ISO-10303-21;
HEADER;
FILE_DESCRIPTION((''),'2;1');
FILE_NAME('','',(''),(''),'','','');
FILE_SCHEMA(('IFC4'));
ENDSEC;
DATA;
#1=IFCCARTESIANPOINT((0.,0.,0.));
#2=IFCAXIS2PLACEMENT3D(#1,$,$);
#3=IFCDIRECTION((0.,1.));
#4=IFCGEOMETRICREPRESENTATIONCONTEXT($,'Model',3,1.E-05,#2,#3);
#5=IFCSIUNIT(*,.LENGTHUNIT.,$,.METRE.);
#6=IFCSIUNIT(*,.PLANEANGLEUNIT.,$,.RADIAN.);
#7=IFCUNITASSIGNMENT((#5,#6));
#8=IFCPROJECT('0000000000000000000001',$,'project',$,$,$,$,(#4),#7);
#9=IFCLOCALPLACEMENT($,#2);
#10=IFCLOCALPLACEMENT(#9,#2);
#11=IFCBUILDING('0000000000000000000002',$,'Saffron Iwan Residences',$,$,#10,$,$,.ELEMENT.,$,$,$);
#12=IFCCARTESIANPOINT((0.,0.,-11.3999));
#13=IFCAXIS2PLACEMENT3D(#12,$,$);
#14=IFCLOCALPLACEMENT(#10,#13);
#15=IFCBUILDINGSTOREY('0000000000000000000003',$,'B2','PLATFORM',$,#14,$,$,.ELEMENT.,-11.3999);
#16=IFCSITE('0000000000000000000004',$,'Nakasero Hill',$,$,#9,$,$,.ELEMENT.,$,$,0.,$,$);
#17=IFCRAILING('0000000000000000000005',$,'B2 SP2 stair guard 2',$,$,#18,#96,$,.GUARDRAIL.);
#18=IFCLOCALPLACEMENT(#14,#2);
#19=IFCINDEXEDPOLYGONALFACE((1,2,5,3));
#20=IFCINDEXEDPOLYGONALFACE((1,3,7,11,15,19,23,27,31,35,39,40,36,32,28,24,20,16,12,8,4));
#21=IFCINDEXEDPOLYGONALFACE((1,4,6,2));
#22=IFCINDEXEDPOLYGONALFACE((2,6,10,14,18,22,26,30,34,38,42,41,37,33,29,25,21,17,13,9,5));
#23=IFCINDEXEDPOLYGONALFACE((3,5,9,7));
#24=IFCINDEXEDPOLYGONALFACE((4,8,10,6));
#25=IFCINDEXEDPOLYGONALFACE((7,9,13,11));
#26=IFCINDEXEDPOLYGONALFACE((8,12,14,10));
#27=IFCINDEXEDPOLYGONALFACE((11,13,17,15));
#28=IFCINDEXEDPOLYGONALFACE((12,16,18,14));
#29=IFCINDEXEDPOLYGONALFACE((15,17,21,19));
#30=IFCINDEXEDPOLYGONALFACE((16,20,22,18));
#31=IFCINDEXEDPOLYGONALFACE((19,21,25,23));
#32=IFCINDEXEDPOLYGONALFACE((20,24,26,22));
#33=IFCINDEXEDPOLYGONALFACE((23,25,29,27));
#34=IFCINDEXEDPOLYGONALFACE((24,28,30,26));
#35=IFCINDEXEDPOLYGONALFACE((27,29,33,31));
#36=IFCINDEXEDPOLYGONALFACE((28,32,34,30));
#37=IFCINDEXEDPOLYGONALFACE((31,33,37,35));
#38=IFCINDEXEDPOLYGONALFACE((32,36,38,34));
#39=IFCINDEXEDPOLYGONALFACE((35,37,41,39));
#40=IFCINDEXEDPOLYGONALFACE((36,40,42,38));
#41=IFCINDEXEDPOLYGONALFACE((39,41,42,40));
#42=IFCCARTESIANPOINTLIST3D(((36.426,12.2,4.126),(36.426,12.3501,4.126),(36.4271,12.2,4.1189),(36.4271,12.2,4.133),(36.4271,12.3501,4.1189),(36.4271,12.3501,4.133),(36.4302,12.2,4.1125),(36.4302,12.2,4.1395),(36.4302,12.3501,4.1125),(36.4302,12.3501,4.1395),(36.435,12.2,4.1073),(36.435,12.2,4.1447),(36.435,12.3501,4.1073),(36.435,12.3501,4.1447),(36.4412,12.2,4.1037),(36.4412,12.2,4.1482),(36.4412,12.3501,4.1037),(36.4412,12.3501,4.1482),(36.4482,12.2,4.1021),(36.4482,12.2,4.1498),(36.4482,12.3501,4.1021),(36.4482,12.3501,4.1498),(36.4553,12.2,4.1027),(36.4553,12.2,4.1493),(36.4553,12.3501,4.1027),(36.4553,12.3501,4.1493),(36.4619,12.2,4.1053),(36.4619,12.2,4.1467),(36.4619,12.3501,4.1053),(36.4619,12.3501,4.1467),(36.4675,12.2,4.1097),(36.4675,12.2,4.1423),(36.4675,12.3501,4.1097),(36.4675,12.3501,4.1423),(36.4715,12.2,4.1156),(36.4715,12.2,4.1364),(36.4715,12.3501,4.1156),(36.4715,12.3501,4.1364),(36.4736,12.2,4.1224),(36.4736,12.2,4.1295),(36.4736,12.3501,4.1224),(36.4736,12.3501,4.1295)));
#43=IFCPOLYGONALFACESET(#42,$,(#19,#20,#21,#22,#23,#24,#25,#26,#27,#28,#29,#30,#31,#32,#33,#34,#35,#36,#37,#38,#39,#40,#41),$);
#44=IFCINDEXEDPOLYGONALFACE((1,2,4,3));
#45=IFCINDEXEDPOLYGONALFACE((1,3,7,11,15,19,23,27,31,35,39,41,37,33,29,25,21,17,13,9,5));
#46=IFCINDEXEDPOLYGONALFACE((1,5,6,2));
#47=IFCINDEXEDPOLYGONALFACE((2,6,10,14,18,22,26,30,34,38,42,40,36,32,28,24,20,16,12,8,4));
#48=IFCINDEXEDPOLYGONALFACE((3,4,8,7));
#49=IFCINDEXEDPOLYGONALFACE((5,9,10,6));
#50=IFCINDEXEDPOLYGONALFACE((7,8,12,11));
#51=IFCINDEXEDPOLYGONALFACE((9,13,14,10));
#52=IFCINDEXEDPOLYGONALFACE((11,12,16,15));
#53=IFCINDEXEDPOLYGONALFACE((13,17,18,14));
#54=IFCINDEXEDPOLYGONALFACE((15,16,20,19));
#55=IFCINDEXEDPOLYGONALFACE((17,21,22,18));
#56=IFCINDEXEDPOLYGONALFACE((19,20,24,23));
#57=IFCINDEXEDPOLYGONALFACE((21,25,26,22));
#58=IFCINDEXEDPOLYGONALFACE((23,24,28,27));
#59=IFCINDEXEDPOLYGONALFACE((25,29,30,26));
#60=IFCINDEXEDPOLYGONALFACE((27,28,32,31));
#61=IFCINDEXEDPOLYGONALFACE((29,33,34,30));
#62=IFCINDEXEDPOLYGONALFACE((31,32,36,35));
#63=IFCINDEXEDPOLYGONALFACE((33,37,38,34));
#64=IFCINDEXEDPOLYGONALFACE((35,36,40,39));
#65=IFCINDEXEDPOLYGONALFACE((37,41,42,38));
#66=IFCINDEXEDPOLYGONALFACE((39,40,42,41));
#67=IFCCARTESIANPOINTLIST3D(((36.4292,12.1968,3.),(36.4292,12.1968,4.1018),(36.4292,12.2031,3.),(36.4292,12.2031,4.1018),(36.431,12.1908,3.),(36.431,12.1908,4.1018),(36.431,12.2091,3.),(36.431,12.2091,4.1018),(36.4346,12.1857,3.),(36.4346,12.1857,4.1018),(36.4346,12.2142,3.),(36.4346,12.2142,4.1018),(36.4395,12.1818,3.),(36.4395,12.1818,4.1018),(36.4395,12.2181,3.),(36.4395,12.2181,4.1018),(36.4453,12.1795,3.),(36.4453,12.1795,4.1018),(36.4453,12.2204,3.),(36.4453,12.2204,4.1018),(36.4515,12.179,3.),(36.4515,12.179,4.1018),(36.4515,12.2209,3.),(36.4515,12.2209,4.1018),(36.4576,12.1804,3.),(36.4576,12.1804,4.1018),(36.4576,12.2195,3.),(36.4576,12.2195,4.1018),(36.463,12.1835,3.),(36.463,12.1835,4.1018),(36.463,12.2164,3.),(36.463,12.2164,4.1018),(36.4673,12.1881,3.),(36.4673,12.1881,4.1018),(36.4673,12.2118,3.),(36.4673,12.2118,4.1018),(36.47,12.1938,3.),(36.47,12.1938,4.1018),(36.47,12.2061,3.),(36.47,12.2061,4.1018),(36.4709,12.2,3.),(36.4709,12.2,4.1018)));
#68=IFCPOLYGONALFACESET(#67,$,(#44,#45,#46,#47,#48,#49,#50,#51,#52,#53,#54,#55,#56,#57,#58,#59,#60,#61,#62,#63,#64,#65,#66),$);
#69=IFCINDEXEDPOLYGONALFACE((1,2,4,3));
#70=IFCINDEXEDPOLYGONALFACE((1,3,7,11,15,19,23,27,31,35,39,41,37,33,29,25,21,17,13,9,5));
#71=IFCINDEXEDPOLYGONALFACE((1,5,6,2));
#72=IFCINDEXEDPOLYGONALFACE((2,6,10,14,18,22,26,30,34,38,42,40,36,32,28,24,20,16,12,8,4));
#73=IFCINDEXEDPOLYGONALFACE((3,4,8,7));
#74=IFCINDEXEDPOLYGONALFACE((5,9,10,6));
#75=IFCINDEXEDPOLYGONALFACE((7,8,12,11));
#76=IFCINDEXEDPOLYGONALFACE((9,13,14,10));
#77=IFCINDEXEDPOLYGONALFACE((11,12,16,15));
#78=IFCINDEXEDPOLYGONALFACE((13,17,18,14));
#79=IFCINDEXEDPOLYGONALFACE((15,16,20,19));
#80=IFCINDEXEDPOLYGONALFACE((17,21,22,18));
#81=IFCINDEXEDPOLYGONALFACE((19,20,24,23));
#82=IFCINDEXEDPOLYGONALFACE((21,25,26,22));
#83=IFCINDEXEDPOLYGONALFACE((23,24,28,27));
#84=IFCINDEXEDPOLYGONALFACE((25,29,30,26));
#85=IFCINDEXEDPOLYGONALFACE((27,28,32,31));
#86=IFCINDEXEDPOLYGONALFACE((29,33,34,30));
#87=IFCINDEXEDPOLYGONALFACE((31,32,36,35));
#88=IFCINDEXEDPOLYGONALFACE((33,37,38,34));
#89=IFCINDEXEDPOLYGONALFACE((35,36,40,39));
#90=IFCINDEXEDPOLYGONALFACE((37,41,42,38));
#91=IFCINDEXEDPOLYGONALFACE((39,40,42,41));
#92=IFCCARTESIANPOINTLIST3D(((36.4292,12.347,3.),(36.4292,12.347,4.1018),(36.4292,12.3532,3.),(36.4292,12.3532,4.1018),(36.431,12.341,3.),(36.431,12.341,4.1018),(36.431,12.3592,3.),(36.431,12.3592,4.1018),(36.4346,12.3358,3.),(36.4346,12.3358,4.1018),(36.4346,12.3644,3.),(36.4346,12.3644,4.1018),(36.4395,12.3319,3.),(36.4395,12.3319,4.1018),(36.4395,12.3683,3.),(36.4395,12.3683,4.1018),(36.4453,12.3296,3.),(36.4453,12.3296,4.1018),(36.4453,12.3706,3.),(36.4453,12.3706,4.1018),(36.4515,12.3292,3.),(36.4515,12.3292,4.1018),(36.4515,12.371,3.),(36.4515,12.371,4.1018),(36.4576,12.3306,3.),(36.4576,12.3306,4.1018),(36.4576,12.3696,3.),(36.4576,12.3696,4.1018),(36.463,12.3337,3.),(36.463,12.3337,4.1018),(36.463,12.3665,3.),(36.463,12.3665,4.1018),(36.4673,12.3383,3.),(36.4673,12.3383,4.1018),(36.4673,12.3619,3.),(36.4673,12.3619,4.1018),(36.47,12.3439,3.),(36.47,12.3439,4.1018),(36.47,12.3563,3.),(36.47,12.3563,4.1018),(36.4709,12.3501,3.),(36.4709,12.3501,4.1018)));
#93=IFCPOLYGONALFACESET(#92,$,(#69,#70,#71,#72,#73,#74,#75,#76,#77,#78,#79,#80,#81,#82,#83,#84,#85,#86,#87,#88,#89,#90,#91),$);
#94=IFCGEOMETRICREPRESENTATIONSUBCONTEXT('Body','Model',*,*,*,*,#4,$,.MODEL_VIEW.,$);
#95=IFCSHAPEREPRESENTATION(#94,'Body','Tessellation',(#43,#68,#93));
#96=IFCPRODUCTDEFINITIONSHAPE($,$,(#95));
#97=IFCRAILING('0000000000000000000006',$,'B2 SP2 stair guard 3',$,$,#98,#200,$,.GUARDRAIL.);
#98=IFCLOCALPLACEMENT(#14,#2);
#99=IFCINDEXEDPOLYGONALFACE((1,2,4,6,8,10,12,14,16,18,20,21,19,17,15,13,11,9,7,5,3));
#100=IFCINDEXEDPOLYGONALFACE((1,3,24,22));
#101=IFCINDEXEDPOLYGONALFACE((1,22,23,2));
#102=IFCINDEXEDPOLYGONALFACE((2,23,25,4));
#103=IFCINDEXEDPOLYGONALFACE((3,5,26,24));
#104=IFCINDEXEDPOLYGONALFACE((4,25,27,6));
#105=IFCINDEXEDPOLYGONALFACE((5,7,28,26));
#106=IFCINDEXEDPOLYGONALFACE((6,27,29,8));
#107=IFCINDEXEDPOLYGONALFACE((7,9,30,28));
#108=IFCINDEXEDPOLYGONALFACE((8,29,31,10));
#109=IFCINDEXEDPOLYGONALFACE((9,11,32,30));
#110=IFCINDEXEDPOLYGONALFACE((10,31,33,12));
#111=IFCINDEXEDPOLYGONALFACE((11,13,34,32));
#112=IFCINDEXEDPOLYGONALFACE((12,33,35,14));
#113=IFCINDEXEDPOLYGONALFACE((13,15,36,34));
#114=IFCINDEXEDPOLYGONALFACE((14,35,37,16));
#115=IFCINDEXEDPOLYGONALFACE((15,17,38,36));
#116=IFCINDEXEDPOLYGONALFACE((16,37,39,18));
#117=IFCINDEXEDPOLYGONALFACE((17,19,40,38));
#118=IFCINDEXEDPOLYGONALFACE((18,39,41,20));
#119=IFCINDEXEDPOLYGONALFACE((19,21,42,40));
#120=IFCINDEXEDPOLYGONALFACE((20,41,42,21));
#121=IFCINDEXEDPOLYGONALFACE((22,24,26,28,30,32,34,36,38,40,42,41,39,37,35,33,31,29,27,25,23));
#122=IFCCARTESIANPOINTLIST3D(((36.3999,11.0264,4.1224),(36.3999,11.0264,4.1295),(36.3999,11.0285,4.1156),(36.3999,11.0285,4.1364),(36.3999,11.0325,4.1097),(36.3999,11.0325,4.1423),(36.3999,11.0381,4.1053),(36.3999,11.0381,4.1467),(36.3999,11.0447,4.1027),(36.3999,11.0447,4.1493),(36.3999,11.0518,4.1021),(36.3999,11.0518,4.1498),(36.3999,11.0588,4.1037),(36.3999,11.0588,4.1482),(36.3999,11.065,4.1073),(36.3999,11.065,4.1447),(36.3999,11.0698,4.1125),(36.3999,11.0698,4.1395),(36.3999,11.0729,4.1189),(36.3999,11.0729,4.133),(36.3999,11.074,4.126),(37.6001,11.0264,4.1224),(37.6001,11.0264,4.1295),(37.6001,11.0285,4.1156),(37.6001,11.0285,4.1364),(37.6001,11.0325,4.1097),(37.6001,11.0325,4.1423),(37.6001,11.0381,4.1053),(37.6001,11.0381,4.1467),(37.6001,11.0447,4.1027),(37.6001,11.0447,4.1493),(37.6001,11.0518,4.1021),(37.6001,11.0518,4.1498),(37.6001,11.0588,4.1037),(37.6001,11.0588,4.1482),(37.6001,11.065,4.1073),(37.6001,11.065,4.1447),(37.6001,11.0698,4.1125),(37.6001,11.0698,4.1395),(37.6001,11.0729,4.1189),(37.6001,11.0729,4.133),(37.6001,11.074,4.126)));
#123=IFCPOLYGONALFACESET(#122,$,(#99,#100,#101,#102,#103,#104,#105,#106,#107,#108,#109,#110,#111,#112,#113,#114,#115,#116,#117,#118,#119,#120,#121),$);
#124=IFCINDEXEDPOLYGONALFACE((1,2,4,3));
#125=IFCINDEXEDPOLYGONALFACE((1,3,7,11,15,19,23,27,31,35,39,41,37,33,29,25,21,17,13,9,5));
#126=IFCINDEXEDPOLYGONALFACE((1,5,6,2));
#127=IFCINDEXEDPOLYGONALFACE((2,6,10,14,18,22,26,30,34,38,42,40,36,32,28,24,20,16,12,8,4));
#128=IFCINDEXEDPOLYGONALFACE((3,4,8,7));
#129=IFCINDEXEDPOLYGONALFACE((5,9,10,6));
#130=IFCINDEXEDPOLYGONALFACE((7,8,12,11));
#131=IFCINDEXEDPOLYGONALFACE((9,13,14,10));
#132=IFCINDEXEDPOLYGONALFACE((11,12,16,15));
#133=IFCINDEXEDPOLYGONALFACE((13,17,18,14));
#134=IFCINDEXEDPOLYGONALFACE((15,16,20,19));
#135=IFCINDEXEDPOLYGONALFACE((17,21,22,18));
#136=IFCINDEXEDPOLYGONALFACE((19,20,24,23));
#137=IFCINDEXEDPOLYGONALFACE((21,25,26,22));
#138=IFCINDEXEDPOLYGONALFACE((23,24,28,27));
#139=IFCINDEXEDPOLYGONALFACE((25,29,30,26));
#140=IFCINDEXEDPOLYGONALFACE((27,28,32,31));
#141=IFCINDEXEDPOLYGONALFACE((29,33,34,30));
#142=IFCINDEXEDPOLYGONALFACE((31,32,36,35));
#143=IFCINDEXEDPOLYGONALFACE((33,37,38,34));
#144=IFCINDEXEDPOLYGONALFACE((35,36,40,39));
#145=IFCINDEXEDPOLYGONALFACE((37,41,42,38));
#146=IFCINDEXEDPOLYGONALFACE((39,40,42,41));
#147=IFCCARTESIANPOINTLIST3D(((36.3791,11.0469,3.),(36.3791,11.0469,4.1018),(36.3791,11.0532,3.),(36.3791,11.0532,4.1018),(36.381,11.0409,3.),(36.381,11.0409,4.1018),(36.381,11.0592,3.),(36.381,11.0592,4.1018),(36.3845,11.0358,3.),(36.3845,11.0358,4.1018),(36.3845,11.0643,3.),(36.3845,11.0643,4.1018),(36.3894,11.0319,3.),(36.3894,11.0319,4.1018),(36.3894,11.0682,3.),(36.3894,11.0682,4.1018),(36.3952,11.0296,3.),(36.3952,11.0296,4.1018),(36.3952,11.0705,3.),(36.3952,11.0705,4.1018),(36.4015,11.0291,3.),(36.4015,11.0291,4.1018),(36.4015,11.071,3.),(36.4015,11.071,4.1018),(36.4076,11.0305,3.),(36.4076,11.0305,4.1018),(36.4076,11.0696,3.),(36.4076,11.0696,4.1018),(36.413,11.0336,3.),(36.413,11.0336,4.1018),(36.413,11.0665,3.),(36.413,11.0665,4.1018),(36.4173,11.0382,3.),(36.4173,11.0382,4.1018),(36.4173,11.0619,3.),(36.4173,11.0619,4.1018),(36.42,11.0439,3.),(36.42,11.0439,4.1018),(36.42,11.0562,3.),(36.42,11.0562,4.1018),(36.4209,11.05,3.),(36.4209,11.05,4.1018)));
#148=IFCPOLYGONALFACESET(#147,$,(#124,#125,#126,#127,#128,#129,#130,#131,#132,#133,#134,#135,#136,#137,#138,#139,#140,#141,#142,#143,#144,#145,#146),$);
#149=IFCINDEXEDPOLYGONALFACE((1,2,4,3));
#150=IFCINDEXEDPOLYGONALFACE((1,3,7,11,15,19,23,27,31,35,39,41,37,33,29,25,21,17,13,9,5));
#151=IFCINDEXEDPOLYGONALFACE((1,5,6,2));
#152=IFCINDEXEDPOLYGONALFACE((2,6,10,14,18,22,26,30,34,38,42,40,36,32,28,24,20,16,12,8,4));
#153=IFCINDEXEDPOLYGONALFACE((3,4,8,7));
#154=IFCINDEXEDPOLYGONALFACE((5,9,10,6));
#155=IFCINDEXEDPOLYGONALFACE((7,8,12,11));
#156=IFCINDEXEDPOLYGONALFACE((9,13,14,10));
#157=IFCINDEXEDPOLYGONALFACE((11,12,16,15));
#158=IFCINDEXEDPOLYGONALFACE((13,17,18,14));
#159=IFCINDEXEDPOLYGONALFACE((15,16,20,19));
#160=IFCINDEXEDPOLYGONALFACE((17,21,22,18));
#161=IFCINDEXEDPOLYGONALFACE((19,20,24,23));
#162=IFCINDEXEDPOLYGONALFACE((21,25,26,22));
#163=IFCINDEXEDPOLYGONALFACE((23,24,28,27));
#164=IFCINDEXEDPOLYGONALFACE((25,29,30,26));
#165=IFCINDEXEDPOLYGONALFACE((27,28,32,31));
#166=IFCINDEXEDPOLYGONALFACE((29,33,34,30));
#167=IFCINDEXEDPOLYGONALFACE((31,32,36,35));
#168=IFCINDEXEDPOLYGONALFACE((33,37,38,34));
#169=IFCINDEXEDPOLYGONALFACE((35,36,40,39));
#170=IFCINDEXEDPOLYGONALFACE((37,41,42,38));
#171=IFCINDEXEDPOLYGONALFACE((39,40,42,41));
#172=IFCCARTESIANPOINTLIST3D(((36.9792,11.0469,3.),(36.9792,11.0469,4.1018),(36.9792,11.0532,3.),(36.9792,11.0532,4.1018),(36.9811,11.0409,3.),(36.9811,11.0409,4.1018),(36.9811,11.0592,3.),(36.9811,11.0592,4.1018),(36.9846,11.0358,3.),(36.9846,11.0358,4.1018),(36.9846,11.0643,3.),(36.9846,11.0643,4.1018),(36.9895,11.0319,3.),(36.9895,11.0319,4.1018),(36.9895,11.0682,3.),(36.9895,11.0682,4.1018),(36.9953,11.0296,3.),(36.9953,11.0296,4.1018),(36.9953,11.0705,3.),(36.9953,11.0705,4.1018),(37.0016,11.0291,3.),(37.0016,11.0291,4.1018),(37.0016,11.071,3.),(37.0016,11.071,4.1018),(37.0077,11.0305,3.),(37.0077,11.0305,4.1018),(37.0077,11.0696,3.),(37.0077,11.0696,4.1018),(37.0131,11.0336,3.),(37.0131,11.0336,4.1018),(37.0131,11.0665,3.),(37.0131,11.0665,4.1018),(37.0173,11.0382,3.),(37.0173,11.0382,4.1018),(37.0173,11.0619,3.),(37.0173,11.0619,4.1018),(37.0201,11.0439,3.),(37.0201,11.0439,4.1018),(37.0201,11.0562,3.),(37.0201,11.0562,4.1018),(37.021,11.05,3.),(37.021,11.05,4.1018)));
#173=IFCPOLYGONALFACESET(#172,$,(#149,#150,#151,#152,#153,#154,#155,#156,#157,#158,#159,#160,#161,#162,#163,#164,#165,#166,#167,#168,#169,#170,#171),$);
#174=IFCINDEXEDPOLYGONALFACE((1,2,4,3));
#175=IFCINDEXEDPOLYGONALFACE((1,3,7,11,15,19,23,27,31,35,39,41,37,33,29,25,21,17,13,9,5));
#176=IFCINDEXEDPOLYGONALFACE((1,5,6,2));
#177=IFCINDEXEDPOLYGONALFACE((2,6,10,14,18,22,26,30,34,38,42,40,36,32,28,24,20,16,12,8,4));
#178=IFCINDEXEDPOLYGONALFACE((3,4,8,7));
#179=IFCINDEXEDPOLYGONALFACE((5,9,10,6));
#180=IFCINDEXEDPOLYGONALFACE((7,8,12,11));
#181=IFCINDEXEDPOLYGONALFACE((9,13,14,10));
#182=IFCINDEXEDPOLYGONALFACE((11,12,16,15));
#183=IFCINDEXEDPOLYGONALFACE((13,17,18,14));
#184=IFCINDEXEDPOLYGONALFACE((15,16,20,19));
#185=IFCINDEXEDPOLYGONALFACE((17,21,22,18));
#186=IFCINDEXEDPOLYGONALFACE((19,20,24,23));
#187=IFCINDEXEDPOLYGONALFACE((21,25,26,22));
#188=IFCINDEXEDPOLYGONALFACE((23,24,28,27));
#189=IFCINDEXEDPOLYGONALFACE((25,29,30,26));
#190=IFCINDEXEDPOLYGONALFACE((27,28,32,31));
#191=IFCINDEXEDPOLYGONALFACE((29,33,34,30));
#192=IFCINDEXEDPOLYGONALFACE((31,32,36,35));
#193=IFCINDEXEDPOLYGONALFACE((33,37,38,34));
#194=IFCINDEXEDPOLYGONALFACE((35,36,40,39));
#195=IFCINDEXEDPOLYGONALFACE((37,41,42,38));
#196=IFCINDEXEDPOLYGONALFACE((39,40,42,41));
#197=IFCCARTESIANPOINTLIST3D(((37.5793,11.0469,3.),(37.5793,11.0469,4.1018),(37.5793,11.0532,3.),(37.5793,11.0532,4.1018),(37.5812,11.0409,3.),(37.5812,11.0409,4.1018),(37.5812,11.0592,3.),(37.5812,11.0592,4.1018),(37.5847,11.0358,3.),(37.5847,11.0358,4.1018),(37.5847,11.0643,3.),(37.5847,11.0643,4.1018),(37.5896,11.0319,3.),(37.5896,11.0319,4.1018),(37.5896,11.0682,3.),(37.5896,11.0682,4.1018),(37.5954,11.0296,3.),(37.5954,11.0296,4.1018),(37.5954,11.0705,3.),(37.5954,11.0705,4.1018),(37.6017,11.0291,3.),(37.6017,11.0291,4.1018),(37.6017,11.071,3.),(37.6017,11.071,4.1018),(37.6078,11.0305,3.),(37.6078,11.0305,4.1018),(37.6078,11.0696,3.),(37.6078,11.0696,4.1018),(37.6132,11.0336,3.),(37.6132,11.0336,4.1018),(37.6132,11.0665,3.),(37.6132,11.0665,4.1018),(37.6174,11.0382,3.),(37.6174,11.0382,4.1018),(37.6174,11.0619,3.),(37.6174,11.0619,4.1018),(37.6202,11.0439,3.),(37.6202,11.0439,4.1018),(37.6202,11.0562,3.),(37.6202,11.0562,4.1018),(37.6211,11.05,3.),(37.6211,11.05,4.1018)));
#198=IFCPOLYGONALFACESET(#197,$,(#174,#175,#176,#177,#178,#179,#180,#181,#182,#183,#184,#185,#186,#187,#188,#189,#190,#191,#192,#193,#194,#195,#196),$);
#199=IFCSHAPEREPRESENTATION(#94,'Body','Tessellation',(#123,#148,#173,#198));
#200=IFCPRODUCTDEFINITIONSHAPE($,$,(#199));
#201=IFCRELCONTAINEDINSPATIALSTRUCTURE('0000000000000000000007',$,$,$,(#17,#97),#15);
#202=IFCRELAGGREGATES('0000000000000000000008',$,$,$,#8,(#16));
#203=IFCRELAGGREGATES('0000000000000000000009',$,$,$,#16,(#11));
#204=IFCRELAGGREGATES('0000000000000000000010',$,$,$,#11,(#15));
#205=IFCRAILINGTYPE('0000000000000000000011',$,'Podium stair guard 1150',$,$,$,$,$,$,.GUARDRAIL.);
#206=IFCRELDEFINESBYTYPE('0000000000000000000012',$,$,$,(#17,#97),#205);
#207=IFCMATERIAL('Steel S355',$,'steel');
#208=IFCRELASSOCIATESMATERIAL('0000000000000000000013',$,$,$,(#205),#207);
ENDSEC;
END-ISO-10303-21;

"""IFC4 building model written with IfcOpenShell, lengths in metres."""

from ifc_helpers import new_model, si_unit, direction, frame, origin, origin_2d, place, context, subcontext, project, spatial, circle, extrude, material, type_object, element, save


model = new_model("IFC4")

# Units and contexts
model_context = context("Model", 3, precision=1e-05, world=origin(), true_north=direction((0.0, 1.0)))
body_context = subcontext(model_context, "Body", "Model", "MODEL_VIEW")
ifc_project = project(units=[si_unit("LENGTHUNIT", "METRE"), si_unit("PLANEANGLEUNIT", "RADIAN")], contexts=[model_context])

# Site, building, storey
site_placement = place(None, origin())
site = spatial("IfcSite", under=ifc_project, at=site_placement, Name="Nakasero Hill", CompositionType="ELEMENT", RefElevation=0.0)
building_placement = place(site_placement, origin())
building = spatial("IfcBuilding", under=site, at=building_placement, Name="Saffron Iwan Residences", CompositionType="ELEMENT")
storey_placement = place(building_placement, frame((0.0, 0.0, -11.3999)))
storey = spatial("IfcBuildingStorey", under=building, at=storey_placement, Name="B2", Description="PLATFORM", CompositionType="ELEMENT", Elevation=-11.3999)

# Railings
ifc_material_1 = material(Name="Steel S355", Category="steel")
railing_type_1 = type_object("IfcRailingType", Name="Podium stair guard 1150", PredefinedType="GUARDRAIL", material=ifc_material_1)
railing_1_placement = place(storey_placement, frame((36.45, 12.2, 3.0)))
element("IfcRailing", 1, at=railing_1_placement, inside=storey, type_object=railing_type_1, Name="B2 SP2 stair guard 2", PredefinedType="GUARDRAIL", context=body_context, shape_type="SweptSolid", body=[
    extrude(circle(Radius=0.0239, at=origin_2d()), frame((0.0, 0.0, 1.126), z_axis=(0.0, 1.0, 0.0), x_axis=(-1.0, 0.0, 0.0)), (0.0, 0.0, 1.0), 0.1501),
    extrude(circle(Radius=0.021, at=origin_2d()), origin(), (0.0, 0.0, 1.0), 1.1018),
    extrude(circle(Radius=0.021, at=origin_2d()), frame((0.0, 0.1501, 0.0)), (0.0, 0.0, 1.0), 1.1018),
])
railing_2_placement = place(storey_placement, frame((36.3999, 11.05, 3.0)))
element("IfcRailing", 2, at=railing_2_placement, inside=storey, type_object=railing_type_1, Name="B2 SP2 stair guard 3", PredefinedType="GUARDRAIL", context=body_context, shape_type="SweptSolid", body=[
    extrude(circle(Radius=0.0239, at=origin_2d()), frame((0.0, 0.0, 1.126), z_axis=(1.0, 0.0, 0.0), x_axis=(0.0, 1.0, 0.0)), (0.0, 0.0, 1.0), 1.2002),
    extrude(circle(Radius=0.021, at=origin_2d()), origin(), (0.0, 0.0, 1.0), 1.1018),
    extrude(circle(Radius=0.021, at=origin_2d()), frame((0.6001, 0.0, 0.0)), (0.0, 0.0, 1.0), 1.1018),
    extrude(circle(Radius=0.021, at=origin_2d()), frame((1.2002, 0.0, 0.0)), (0.0, 0.0, 1.0), 1.1018),
])

save(model, "model.ifc")
